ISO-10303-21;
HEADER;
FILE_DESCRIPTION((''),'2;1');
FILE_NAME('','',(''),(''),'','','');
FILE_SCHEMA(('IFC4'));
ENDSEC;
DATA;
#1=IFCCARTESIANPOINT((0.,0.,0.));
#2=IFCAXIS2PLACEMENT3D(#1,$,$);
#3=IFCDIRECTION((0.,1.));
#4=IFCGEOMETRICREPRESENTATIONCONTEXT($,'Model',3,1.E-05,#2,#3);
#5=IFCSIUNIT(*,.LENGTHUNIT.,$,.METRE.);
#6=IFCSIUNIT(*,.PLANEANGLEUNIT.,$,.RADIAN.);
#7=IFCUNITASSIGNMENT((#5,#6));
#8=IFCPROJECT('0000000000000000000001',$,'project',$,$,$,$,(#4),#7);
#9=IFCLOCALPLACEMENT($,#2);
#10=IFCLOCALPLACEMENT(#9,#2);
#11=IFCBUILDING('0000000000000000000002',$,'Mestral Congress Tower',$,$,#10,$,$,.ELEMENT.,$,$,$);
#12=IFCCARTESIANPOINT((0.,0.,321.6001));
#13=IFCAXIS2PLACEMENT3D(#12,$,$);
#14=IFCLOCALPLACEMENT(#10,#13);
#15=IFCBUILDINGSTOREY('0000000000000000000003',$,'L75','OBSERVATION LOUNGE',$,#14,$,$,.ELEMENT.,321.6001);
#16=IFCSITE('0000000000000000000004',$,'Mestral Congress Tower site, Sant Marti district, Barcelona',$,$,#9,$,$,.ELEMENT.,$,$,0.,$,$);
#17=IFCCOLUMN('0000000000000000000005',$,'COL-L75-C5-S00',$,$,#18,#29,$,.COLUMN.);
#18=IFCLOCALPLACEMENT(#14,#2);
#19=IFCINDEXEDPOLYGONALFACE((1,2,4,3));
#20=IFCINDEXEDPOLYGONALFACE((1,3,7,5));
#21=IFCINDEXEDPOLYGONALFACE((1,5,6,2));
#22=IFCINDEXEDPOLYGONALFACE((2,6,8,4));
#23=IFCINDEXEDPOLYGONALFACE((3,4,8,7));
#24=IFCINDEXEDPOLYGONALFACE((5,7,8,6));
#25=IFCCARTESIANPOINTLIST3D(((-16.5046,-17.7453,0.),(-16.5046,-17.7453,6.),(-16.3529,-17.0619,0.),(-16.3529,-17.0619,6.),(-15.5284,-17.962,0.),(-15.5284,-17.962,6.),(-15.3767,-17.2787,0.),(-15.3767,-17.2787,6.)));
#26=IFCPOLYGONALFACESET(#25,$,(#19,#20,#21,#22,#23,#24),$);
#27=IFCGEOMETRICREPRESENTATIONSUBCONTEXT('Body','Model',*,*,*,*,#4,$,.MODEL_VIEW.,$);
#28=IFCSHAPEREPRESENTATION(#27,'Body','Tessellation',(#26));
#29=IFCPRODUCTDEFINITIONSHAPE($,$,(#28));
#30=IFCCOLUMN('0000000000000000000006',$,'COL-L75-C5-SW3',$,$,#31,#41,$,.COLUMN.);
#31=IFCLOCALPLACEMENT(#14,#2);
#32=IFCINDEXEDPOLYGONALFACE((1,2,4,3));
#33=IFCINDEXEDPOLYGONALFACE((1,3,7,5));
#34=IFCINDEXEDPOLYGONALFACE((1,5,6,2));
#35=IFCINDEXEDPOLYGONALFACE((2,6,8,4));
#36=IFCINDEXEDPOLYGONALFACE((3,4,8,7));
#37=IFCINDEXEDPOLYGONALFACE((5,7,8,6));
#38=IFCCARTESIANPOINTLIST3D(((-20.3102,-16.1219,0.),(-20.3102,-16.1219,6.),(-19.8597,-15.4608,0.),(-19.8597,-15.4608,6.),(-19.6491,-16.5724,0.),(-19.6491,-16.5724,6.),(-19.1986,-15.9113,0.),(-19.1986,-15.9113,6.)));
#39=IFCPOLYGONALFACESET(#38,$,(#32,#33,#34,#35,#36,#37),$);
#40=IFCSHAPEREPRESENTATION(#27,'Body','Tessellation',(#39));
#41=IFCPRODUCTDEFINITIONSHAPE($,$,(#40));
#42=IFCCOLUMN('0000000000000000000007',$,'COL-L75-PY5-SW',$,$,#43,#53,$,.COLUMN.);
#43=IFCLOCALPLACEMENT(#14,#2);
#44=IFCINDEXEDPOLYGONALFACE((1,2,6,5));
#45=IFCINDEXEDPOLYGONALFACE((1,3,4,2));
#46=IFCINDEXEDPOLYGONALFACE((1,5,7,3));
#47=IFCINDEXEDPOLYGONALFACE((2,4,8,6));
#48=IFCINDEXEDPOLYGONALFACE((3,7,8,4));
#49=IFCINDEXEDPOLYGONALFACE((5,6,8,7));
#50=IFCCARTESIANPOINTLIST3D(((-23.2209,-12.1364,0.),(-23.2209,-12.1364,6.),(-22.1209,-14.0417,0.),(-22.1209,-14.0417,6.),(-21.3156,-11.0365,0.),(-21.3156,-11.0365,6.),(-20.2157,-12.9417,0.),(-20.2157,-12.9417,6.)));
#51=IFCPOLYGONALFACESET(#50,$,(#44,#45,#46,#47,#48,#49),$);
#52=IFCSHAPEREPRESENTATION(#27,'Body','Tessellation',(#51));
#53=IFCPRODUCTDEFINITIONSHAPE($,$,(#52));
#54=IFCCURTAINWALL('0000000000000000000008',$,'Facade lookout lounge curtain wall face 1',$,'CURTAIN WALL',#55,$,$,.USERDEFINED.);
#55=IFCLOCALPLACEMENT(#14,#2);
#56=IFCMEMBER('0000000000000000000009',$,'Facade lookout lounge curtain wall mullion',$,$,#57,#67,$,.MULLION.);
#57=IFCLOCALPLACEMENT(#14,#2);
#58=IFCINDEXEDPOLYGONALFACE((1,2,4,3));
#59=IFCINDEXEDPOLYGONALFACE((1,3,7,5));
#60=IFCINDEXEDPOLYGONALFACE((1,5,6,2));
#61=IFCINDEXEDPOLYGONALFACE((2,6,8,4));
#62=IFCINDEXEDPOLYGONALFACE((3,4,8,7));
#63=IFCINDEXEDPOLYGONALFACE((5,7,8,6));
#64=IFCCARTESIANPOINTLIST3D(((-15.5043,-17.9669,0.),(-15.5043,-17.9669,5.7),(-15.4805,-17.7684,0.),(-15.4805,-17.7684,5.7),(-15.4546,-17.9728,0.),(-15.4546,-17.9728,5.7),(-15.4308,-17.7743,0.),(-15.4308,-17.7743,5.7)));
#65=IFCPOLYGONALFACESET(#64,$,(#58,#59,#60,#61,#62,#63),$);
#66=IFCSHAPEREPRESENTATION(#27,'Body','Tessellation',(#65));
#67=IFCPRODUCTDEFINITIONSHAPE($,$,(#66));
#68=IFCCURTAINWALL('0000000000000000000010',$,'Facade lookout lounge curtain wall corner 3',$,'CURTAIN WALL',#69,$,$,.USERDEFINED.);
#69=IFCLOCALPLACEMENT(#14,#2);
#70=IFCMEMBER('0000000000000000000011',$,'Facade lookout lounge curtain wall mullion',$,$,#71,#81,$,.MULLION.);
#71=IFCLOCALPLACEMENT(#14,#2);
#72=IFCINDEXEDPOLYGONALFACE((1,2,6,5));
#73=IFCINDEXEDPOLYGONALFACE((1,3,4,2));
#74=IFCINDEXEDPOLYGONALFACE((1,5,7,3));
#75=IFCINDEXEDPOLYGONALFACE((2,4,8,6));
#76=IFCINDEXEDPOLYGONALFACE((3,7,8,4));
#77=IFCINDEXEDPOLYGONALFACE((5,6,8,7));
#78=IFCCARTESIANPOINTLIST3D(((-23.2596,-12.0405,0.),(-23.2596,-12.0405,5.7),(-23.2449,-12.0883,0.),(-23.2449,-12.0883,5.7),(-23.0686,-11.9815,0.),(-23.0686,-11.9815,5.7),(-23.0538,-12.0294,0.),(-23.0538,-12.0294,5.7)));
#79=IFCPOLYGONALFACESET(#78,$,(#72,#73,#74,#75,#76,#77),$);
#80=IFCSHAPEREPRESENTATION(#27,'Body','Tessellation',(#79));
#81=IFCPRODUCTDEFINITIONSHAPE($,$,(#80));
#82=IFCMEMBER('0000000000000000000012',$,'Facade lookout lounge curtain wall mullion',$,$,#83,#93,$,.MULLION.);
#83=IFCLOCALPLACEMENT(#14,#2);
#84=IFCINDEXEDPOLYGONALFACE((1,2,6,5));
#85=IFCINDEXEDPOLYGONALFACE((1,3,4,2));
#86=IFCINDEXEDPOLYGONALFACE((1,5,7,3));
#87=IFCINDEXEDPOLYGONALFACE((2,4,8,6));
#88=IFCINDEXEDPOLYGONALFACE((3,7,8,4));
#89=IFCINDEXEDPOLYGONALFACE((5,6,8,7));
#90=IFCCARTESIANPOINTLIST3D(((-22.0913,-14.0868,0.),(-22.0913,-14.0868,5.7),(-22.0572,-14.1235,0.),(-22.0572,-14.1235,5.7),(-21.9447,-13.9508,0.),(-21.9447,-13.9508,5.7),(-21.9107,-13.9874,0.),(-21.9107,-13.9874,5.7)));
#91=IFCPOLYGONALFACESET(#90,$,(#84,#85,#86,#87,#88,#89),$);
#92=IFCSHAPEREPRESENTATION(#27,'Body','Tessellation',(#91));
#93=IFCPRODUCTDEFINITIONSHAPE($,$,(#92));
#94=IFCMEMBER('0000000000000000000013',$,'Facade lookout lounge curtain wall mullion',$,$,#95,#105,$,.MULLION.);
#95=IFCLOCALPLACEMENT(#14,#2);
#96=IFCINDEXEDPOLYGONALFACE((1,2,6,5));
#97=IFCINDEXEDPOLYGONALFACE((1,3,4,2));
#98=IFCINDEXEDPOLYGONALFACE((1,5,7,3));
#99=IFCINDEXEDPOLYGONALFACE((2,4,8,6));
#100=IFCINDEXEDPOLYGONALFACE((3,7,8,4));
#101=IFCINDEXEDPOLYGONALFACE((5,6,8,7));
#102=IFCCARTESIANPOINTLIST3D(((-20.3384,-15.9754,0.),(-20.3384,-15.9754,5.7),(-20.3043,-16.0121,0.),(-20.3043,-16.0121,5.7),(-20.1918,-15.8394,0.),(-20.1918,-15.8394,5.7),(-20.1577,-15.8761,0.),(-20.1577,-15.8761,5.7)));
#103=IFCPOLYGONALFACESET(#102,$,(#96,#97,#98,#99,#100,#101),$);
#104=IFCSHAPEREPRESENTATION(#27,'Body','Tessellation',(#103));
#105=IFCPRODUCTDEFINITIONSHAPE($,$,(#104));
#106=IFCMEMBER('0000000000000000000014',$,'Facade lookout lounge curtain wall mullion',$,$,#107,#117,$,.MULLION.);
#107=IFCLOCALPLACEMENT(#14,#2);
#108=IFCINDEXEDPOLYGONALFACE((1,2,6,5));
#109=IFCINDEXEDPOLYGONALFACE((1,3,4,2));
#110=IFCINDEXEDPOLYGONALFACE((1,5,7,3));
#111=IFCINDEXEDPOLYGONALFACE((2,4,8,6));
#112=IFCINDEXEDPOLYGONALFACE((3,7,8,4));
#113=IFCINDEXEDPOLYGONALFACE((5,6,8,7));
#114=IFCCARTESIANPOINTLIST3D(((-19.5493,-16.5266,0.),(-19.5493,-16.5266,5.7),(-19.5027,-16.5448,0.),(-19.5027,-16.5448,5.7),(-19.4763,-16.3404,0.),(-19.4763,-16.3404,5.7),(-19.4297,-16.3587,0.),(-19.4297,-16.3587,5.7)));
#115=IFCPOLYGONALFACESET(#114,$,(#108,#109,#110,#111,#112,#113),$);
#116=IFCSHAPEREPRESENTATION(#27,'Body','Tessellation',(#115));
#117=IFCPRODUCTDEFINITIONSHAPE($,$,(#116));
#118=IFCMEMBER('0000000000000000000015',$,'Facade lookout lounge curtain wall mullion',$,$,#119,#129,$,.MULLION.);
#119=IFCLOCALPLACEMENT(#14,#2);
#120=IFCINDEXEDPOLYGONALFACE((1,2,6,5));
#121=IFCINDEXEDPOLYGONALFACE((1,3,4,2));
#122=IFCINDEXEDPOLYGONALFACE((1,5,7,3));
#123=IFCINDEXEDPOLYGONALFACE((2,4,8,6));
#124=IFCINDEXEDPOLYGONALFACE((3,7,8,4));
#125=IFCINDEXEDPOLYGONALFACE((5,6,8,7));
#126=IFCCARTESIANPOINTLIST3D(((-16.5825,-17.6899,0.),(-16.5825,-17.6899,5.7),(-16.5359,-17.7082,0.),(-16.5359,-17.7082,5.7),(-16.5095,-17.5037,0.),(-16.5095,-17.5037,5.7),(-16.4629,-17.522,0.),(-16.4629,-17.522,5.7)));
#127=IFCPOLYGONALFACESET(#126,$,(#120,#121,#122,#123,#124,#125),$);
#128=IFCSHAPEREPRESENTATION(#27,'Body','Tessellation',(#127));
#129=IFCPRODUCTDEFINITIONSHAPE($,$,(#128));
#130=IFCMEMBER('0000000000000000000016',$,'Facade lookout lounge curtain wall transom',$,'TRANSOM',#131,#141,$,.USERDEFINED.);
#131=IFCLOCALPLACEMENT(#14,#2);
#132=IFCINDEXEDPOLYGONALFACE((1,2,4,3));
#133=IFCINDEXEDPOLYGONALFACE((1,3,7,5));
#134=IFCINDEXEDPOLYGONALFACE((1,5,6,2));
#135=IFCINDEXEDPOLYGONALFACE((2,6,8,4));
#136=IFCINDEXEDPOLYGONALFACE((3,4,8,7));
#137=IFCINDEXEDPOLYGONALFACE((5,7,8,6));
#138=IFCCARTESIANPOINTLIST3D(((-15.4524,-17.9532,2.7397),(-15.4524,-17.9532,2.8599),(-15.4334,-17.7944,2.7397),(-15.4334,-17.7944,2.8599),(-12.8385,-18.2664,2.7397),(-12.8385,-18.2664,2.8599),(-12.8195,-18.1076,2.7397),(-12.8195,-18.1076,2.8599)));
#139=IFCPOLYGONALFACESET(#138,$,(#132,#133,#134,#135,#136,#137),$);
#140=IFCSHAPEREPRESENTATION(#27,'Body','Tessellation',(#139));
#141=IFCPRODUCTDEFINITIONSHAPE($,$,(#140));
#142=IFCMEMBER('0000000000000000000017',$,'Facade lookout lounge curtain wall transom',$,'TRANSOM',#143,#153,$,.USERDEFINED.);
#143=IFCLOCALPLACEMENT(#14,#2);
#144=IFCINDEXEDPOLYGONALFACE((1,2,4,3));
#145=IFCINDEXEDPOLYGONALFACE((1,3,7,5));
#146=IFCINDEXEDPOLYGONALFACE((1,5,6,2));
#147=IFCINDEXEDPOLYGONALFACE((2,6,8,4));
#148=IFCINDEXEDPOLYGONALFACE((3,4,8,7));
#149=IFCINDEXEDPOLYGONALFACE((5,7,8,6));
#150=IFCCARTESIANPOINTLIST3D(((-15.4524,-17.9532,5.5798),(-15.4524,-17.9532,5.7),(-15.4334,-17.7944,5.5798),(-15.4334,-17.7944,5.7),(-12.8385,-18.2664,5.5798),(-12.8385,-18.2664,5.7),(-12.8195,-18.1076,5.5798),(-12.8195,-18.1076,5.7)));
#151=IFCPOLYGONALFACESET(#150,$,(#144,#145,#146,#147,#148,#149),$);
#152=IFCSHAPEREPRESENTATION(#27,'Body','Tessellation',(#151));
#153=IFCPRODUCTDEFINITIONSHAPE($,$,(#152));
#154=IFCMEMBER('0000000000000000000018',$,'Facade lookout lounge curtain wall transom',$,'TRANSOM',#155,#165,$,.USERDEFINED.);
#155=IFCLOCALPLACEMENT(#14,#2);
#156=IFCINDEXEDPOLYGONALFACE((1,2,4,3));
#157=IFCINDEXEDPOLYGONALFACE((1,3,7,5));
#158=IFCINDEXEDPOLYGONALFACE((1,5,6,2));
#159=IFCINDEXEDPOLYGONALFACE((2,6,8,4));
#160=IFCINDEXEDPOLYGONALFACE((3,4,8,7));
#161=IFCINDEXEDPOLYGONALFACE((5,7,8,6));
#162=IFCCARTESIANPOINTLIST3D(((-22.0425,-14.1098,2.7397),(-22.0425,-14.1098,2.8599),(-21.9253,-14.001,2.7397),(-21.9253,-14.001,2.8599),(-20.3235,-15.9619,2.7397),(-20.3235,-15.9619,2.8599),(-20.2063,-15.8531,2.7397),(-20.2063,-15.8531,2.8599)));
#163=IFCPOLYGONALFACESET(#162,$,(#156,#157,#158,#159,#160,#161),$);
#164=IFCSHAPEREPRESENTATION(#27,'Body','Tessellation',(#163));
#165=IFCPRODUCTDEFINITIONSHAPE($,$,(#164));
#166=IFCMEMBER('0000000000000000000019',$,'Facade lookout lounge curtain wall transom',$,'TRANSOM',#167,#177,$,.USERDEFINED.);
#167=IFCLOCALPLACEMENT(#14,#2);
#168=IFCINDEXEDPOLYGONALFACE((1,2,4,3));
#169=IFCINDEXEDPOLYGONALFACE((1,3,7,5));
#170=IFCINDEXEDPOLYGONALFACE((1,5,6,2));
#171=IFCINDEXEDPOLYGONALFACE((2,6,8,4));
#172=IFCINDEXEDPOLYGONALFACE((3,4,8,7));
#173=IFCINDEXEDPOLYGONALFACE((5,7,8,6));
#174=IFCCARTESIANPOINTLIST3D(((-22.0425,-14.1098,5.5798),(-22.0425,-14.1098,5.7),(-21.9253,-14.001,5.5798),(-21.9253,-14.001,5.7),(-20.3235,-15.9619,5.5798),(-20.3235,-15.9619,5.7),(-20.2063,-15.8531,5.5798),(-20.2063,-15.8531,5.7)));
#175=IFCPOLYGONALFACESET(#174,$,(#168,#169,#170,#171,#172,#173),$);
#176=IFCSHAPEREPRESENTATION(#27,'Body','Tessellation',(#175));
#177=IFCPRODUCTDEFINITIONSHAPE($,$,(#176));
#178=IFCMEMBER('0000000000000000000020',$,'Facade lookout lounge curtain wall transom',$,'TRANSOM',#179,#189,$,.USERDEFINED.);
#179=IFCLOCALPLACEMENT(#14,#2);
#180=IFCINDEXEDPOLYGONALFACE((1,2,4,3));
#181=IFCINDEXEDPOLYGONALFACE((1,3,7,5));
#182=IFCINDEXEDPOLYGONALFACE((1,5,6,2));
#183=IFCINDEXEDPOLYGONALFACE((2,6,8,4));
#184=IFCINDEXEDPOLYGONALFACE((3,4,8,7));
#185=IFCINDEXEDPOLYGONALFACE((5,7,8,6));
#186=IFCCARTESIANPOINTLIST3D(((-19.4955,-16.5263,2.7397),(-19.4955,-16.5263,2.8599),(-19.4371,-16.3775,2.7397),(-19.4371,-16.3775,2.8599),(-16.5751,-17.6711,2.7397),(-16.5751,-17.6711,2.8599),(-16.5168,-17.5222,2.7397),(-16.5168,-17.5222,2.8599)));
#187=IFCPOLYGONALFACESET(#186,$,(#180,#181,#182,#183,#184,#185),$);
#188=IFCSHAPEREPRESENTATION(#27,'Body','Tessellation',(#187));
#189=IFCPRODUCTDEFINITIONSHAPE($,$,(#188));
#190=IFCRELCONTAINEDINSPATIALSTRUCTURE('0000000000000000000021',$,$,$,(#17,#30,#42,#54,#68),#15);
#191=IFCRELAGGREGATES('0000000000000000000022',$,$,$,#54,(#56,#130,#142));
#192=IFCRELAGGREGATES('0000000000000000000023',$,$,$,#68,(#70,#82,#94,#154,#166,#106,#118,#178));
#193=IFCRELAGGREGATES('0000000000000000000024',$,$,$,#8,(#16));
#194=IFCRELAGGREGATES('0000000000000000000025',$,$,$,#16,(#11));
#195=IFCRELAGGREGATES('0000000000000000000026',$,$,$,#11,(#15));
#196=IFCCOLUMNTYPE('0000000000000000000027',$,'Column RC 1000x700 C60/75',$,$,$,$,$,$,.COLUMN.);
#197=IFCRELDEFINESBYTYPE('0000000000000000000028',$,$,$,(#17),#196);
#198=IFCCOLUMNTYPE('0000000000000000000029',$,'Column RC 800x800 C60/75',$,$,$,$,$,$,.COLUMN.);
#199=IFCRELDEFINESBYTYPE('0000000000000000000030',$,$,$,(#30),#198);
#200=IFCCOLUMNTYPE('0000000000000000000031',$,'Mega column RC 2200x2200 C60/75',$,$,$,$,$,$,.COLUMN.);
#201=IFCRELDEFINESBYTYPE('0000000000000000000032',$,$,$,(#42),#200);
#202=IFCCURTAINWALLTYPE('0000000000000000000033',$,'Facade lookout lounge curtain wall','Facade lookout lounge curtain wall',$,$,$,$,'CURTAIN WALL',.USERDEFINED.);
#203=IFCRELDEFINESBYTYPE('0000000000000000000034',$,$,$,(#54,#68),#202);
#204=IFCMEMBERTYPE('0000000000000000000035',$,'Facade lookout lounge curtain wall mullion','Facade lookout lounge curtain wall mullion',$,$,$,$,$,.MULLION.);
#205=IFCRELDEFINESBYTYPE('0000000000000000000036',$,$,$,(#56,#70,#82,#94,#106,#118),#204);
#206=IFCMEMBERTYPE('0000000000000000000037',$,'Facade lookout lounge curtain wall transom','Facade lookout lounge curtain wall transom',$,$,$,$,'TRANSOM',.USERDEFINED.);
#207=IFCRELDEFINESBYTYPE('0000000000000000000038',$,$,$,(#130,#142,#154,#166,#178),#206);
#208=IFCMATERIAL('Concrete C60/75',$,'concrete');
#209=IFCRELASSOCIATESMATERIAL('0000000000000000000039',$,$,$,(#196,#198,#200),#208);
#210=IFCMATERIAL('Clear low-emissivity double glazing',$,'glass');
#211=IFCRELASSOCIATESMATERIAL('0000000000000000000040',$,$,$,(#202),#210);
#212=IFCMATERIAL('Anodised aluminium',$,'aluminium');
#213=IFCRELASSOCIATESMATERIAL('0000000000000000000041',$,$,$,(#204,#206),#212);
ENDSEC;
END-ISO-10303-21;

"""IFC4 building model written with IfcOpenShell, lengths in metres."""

from ifc_helpers import new_model, si_unit, direction, frame, origin, origin_2d, place, context, subcontext, project, spatial, rectangle, extrude, material, material_profile, profile_set, type_object, element, aggregate, save


model = new_model("IFC4")

# Units and contexts
model_context = context("Model", 3, precision=1e-05, world=origin(), true_north=direction((0.0, 1.0)))
body_context = subcontext(model_context, "Body", "Model", "MODEL_VIEW")
ifc_project = project(units=[si_unit("LENGTHUNIT", "METRE"), si_unit("PLANEANGLEUNIT", "RADIAN")], contexts=[model_context])

# Site, building, storey
site_placement = place(None, origin())
site = spatial("IfcSite", under=ifc_project, at=site_placement, Name="Mestral Congress Tower site, Sant Marti district, Barcelona", CompositionType="ELEMENT", RefElevation=0.0)
building_placement = place(site_placement, origin())
building = spatial("IfcBuilding", under=site, at=building_placement, Name="Mestral Congress Tower", CompositionType="ELEMENT")
storey_placement = place(building_placement, frame((0.0, 0.0, 321.6001)))
storey = spatial("IfcBuildingStorey", under=building, at=storey_placement, Name="L75", Description="OBSERVATION LOUNGE", CompositionType="ELEMENT", Elevation=321.6001)

# Columns
ifc_material_1 = material(Name="Concrete C60/75", Category="concrete")
ifc_material_profile_1 = material_profile(ifc_material_1, rectangle(XDim=1.0, YDim=0.7, at=origin_2d()), Name="RC 1000x700")
ifc_profile_set_1 = profile_set([ifc_material_profile_1], Name="Concrete C60/75")
column_type_1 = type_object("IfcColumnType", Name="Column RC 1000x700 C60/75", PredefinedType="COLUMN", material=ifc_profile_set_1)
column_1_placement = place(storey_placement, frame((-15.9407, -17.512, 0.0), z_axis=(0.0, 0.0, 1.0), x_axis=(0.976234, -0.216721, 0.0)))
element("IfcColumn", 1, at=column_1_placement, inside=storey, type_object=column_type_1, Name="COL-L75-C5-S00", PredefinedType="COLUMN", context=body_context, shape_type="SweptSolid", body=[
    extrude(rectangle(XDim=1.0, YDim=0.7, at=origin_2d()), origin(), (0.0, 0.0, 1.0), 6.0),
])
ifc_material_profile_2 = material_profile(ifc_material_1, rectangle(XDim=0.8, YDim=0.8, at=origin_2d()), Name="RC 800x800")
ifc_profile_set_2 = profile_set([ifc_material_profile_2], Name="Concrete C60/75")
column_type_2 = type_object("IfcColumnType", Name="Column RC 800x800 C60/75", PredefinedType="COLUMN", material=ifc_profile_set_2)
column_2_placement = place(storey_placement, frame((-19.7544, -16.0166, 0.0), z_axis=(0.0, 0.0, 1.0), x_axis=(0.826363, -0.563138, 0.0)))
element("IfcColumn", 2, at=column_2_placement, inside=storey, type_object=column_type_2, Name="COL-L75-C5-SW3", PredefinedType="COLUMN", context=body_context, shape_type="SweptSolid", body=[
    extrude(rectangle(XDim=0.8, YDim=0.8, at=origin_2d()), origin(), (0.0, 0.0, 1.0), 6.0),
])
ifc_material_profile_3 = material_profile(ifc_material_1, rectangle(XDim=2.2, YDim=2.2, at=origin_2d()), Name="RC 2200x2200")
ifc_profile_set_3 = profile_set([ifc_material_profile_3], Name="Concrete C60/75")
column_type_3 = type_object("IfcColumnType", Name="Mega column RC 2200x2200 C60/75", PredefinedType="COLUMN", material=ifc_profile_set_3)
column_3_placement = place(storey_placement, frame((-21.7183, -12.5391, 0.0), z_axis=(0.0, 0.0, 1.0), x_axis=(-0.866025, -0.5, 0.0)))
element("IfcColumn", 3, at=column_3_placement, inside=storey, type_object=column_type_3, Name="COL-L75-PY5-SW", PredefinedType="COLUMN", context=body_context, shape_type="SweptSolid", body=[
    extrude(rectangle(XDim=2.2, YDim=2.2, at=origin_2d()), origin(), (0.0, 0.0, 1.0), 6.0),
])

# Curtain wall, member
ifc_material_2 = material(Name="Clear low-emissivity double glazing", Category="glass")
curtain_wall_type = type_object("IfcCurtainWallType", Name="Facade lookout lounge curtain wall", Description="Facade lookout lounge curtain wall", ElementType="CURTAIN WALL", PredefinedType="USERDEFINED", material=ifc_material_2)
placement = place(storey_placement, origin())
curtain_wall_1 = element("IfcCurtainWall", 4, at=placement, inside=storey, type_object=curtain_wall_type, Name="Facade lookout lounge curtain wall face 1", ObjectType="CURTAIN WALL", PredefinedType="USERDEFINED")
ifc_material_3 = material(Name="Anodised aluminium", Category="aluminium")
ifc_material_profile_4 = material_profile(ifc_material_3, rectangle(XDim=0.2, YDim=0.05, at=origin_2d()), Name="CW2 mullion 200 x 50")
ifc_profile_set_4 = profile_set([ifc_material_profile_4], Name="Anodised aluminium")
member_type_1 = type_object("IfcMemberType", Name="Facade lookout lounge curtain wall mullion", Description="Facade lookout lounge curtain wall mullion", PredefinedType="MULLION", material=ifc_profile_set_4)
member_1_placement = place(storey_placement, frame((-15.4675, -17.8706, 0.0), z_axis=(0.0, 0.0, 1.0), x_axis=(-0.119057, -0.992887, 0.0)))
member_1 = element("IfcMember", 5, at=member_1_placement, type_object=member_type_1, Name="Facade lookout lounge curtain wall mullion", PredefinedType="MULLION", context=body_context, shape_type="SweptSolid", body=[
    extrude(rectangle(XDim=0.2, YDim=0.05, at=origin_2d()), origin(), (0.0, 0.0, 1.0), 5.7),
])

# Curtain wall, members
curtain_wall_2 = element("IfcCurtainWall", 6, at=placement, inside=storey, type_object=curtain_wall_type, Name="Facade lookout lounge curtain wall corner 3", ObjectType="CURTAIN WALL", PredefinedType="USERDEFINED")
member_2_placement = place(storey_placement, frame((-23.1567, -12.0349, 0.0), z_axis=(0.0, 0.0, 1.0), x_axis=(-0.955602, -0.294661, 0.0)))
member_2 = element("IfcMember", 7, at=member_2_placement, type_object=member_type_1, Name="Facade lookout lounge curtain wall mullion", PredefinedType="MULLION", context=body_context, shape_type="SweptSolid", body=[
    extrude(rectangle(XDim=0.2, YDim=0.05, at=origin_2d()), origin(), (0.0, 0.0, 1.0), 5.7),
])
member_3_placement = place(storey_placement, frame((-22.001, -14.0371, 0.0), z_axis=(0.0, 0.0, 1.0), x_axis=(-0.732987, -0.680243, 0.0)))
member_3 = element("IfcMember", 8, at=member_3_placement, type_object=member_type_1, Name="Facade lookout lounge curtain wall mullion", PredefinedType="MULLION", context=body_context, shape_type="SweptSolid", body=[
    extrude(rectangle(XDim=0.2, YDim=0.05, at=origin_2d()), origin(), (0.0, 0.0, 1.0), 5.7),
])
member_4_placement = place(storey_placement, frame((-20.248, -15.9258, 0.0), z_axis=(0.0, 0.0, 1.0), x_axis=(-0.732987, -0.680243, 0.0)))
member_4 = element("IfcMember", 9, at=member_4_placement, type_object=member_type_1, Name="Facade lookout lounge curtain wall mullion", PredefinedType="MULLION", context=body_context, shape_type="SweptSolid", body=[
    extrude(rectangle(XDim=0.2, YDim=0.05, at=origin_2d()), origin(), (0.0, 0.0, 1.0), 5.7),
])
member_5_placement = place(storey_placement, frame((-19.4895, -16.4426, 0.0), z_axis=(0.0, 0.0, 1.0), x_axis=(-0.365023, -0.930998, 0.0)))
member_5 = element("IfcMember", 10, at=member_5_placement, type_object=member_type_1, Name="Facade lookout lounge curtain wall mullion", PredefinedType="MULLION", context=body_context, shape_type="SweptSolid", body=[
    extrude(rectangle(XDim=0.2, YDim=0.05, at=origin_2d()), origin(), (0.0, 0.0, 1.0), 5.7),
])
member_6_placement = place(storey_placement, frame((-16.5227, -17.606, 0.0), z_axis=(0.0, 0.0, 1.0), x_axis=(-0.365023, -0.930998, 0.0)))
member_6 = element("IfcMember", 11, at=member_6_placement, type_object=member_type_1, Name="Facade lookout lounge curtain wall mullion", PredefinedType="MULLION", context=body_context, shape_type="SweptSolid", body=[
    extrude(rectangle(XDim=0.2, YDim=0.05, at=origin_2d()), origin(), (0.0, 0.0, 1.0), 5.7),
])

# Members
ifc_material_profile_5 = material_profile(ifc_material_3, rectangle(XDim=0.1599, YDim=0.1201, at=origin_2d()), Name="CW2 transom 160 x 120")
ifc_profile_set_5 = profile_set([ifc_material_profile_5], Name="Anodised aluminium")
member_type_2 = type_object("IfcMemberType", Name="Facade lookout lounge curtain wall transom", Description="Facade lookout lounge curtain wall transom", ElementType="TRANSOM", PredefinedType="USERDEFINED", material=ifc_profile_set_5)
member_7_placement = place(storey_placement, frame((-15.4429, -17.8738, 2.7998), z_axis=(0.992896, -0.118988, 0.0), x_axis=(0.118988, 0.992896, 0.0)))
member_7 = element("IfcMember", 12, at=member_7_placement, type_object=member_type_2, Name="Facade lookout lounge curtain wall transom", ObjectType="TRANSOM", PredefinedType="USERDEFINED", context=body_context, shape_type="SweptSolid", body=[
    extrude(rectangle(XDim=0.1599, YDim=0.1201, at=origin_2d()), origin(), (0.0, 0.0, 1.0), 2.6326),
])
member_8_placement = place(storey_placement, frame((-15.4429, -17.8738, 5.6399), z_axis=(0.992896, -0.118988, 0.0), x_axis=(0.118988, 0.992896, 0.0)))
member_8 = element("IfcMember", 13, at=member_8_placement, type_object=member_type_2, Name="Facade lookout lounge curtain wall transom", ObjectType="TRANSOM", PredefinedType="USERDEFINED", context=body_context, shape_type="SweptSolid", body=[
    extrude(rectangle(XDim=0.1599, YDim=0.1201, at=origin_2d()), origin(), (0.0, 0.0, 1.0), 2.6326),
])
member_9_placement = place(storey_placement, frame((-21.9839, -14.0554, 2.7998), z_axis=(0.680288, -0.732945, 0.0), x_axis=(0.732945, 0.680288, 0.0)))
member_9 = element("IfcMember", 14, at=member_9_placement, type_object=member_type_2, Name="Facade lookout lounge curtain wall transom", ObjectType="TRANSOM", PredefinedType="USERDEFINED", context=body_context, shape_type="SweptSolid", body=[
    extrude(rectangle(XDim=0.1599, YDim=0.1201, at=origin_2d()), origin(), (0.0, 0.0, 1.0), 2.5269),
])
member_10_placement = place(storey_placement, frame((-21.9839, -14.0554, 5.6399), z_axis=(0.680288, -0.732945, 0.0), x_axis=(0.732945, 0.680288, 0.0)))
member_10 = element("IfcMember", 15, at=member_10_placement, type_object=member_type_2, Name="Facade lookout lounge curtain wall transom", ObjectType="TRANSOM", PredefinedType="USERDEFINED", context=body_context, shape_type="SweptSolid", body=[
    extrude(rectangle(XDim=0.1599, YDim=0.1201, at=origin_2d()), origin(), (0.0, 0.0, 1.0), 2.5269),
])
member_11_placement = place(storey_placement, frame((-19.4663, -16.4519, 2.7998), z_axis=(0.931026, -0.364954, 0.0), x_axis=(0.364954, 0.931026, 0.0)))
member_11 = element("IfcMember", 16, at=member_11_placement, type_object=member_type_2, Name="Facade lookout lounge curtain wall transom", ObjectType="TRANSOM", PredefinedType="USERDEFINED", context=body_context, shape_type="SweptSolid", body=[
    extrude(rectangle(XDim=0.1599, YDim=0.1201, at=origin_2d()), origin(), (0.0, 0.0, 1.0), 3.1367),
])

aggregate(curtain_wall_1, [member_1, member_7, member_8])
aggregate(curtain_wall_2, [member_2, member_3, member_4, member_9, member_10, member_5, member_6, member_11])

save(model, "model.ifc")
